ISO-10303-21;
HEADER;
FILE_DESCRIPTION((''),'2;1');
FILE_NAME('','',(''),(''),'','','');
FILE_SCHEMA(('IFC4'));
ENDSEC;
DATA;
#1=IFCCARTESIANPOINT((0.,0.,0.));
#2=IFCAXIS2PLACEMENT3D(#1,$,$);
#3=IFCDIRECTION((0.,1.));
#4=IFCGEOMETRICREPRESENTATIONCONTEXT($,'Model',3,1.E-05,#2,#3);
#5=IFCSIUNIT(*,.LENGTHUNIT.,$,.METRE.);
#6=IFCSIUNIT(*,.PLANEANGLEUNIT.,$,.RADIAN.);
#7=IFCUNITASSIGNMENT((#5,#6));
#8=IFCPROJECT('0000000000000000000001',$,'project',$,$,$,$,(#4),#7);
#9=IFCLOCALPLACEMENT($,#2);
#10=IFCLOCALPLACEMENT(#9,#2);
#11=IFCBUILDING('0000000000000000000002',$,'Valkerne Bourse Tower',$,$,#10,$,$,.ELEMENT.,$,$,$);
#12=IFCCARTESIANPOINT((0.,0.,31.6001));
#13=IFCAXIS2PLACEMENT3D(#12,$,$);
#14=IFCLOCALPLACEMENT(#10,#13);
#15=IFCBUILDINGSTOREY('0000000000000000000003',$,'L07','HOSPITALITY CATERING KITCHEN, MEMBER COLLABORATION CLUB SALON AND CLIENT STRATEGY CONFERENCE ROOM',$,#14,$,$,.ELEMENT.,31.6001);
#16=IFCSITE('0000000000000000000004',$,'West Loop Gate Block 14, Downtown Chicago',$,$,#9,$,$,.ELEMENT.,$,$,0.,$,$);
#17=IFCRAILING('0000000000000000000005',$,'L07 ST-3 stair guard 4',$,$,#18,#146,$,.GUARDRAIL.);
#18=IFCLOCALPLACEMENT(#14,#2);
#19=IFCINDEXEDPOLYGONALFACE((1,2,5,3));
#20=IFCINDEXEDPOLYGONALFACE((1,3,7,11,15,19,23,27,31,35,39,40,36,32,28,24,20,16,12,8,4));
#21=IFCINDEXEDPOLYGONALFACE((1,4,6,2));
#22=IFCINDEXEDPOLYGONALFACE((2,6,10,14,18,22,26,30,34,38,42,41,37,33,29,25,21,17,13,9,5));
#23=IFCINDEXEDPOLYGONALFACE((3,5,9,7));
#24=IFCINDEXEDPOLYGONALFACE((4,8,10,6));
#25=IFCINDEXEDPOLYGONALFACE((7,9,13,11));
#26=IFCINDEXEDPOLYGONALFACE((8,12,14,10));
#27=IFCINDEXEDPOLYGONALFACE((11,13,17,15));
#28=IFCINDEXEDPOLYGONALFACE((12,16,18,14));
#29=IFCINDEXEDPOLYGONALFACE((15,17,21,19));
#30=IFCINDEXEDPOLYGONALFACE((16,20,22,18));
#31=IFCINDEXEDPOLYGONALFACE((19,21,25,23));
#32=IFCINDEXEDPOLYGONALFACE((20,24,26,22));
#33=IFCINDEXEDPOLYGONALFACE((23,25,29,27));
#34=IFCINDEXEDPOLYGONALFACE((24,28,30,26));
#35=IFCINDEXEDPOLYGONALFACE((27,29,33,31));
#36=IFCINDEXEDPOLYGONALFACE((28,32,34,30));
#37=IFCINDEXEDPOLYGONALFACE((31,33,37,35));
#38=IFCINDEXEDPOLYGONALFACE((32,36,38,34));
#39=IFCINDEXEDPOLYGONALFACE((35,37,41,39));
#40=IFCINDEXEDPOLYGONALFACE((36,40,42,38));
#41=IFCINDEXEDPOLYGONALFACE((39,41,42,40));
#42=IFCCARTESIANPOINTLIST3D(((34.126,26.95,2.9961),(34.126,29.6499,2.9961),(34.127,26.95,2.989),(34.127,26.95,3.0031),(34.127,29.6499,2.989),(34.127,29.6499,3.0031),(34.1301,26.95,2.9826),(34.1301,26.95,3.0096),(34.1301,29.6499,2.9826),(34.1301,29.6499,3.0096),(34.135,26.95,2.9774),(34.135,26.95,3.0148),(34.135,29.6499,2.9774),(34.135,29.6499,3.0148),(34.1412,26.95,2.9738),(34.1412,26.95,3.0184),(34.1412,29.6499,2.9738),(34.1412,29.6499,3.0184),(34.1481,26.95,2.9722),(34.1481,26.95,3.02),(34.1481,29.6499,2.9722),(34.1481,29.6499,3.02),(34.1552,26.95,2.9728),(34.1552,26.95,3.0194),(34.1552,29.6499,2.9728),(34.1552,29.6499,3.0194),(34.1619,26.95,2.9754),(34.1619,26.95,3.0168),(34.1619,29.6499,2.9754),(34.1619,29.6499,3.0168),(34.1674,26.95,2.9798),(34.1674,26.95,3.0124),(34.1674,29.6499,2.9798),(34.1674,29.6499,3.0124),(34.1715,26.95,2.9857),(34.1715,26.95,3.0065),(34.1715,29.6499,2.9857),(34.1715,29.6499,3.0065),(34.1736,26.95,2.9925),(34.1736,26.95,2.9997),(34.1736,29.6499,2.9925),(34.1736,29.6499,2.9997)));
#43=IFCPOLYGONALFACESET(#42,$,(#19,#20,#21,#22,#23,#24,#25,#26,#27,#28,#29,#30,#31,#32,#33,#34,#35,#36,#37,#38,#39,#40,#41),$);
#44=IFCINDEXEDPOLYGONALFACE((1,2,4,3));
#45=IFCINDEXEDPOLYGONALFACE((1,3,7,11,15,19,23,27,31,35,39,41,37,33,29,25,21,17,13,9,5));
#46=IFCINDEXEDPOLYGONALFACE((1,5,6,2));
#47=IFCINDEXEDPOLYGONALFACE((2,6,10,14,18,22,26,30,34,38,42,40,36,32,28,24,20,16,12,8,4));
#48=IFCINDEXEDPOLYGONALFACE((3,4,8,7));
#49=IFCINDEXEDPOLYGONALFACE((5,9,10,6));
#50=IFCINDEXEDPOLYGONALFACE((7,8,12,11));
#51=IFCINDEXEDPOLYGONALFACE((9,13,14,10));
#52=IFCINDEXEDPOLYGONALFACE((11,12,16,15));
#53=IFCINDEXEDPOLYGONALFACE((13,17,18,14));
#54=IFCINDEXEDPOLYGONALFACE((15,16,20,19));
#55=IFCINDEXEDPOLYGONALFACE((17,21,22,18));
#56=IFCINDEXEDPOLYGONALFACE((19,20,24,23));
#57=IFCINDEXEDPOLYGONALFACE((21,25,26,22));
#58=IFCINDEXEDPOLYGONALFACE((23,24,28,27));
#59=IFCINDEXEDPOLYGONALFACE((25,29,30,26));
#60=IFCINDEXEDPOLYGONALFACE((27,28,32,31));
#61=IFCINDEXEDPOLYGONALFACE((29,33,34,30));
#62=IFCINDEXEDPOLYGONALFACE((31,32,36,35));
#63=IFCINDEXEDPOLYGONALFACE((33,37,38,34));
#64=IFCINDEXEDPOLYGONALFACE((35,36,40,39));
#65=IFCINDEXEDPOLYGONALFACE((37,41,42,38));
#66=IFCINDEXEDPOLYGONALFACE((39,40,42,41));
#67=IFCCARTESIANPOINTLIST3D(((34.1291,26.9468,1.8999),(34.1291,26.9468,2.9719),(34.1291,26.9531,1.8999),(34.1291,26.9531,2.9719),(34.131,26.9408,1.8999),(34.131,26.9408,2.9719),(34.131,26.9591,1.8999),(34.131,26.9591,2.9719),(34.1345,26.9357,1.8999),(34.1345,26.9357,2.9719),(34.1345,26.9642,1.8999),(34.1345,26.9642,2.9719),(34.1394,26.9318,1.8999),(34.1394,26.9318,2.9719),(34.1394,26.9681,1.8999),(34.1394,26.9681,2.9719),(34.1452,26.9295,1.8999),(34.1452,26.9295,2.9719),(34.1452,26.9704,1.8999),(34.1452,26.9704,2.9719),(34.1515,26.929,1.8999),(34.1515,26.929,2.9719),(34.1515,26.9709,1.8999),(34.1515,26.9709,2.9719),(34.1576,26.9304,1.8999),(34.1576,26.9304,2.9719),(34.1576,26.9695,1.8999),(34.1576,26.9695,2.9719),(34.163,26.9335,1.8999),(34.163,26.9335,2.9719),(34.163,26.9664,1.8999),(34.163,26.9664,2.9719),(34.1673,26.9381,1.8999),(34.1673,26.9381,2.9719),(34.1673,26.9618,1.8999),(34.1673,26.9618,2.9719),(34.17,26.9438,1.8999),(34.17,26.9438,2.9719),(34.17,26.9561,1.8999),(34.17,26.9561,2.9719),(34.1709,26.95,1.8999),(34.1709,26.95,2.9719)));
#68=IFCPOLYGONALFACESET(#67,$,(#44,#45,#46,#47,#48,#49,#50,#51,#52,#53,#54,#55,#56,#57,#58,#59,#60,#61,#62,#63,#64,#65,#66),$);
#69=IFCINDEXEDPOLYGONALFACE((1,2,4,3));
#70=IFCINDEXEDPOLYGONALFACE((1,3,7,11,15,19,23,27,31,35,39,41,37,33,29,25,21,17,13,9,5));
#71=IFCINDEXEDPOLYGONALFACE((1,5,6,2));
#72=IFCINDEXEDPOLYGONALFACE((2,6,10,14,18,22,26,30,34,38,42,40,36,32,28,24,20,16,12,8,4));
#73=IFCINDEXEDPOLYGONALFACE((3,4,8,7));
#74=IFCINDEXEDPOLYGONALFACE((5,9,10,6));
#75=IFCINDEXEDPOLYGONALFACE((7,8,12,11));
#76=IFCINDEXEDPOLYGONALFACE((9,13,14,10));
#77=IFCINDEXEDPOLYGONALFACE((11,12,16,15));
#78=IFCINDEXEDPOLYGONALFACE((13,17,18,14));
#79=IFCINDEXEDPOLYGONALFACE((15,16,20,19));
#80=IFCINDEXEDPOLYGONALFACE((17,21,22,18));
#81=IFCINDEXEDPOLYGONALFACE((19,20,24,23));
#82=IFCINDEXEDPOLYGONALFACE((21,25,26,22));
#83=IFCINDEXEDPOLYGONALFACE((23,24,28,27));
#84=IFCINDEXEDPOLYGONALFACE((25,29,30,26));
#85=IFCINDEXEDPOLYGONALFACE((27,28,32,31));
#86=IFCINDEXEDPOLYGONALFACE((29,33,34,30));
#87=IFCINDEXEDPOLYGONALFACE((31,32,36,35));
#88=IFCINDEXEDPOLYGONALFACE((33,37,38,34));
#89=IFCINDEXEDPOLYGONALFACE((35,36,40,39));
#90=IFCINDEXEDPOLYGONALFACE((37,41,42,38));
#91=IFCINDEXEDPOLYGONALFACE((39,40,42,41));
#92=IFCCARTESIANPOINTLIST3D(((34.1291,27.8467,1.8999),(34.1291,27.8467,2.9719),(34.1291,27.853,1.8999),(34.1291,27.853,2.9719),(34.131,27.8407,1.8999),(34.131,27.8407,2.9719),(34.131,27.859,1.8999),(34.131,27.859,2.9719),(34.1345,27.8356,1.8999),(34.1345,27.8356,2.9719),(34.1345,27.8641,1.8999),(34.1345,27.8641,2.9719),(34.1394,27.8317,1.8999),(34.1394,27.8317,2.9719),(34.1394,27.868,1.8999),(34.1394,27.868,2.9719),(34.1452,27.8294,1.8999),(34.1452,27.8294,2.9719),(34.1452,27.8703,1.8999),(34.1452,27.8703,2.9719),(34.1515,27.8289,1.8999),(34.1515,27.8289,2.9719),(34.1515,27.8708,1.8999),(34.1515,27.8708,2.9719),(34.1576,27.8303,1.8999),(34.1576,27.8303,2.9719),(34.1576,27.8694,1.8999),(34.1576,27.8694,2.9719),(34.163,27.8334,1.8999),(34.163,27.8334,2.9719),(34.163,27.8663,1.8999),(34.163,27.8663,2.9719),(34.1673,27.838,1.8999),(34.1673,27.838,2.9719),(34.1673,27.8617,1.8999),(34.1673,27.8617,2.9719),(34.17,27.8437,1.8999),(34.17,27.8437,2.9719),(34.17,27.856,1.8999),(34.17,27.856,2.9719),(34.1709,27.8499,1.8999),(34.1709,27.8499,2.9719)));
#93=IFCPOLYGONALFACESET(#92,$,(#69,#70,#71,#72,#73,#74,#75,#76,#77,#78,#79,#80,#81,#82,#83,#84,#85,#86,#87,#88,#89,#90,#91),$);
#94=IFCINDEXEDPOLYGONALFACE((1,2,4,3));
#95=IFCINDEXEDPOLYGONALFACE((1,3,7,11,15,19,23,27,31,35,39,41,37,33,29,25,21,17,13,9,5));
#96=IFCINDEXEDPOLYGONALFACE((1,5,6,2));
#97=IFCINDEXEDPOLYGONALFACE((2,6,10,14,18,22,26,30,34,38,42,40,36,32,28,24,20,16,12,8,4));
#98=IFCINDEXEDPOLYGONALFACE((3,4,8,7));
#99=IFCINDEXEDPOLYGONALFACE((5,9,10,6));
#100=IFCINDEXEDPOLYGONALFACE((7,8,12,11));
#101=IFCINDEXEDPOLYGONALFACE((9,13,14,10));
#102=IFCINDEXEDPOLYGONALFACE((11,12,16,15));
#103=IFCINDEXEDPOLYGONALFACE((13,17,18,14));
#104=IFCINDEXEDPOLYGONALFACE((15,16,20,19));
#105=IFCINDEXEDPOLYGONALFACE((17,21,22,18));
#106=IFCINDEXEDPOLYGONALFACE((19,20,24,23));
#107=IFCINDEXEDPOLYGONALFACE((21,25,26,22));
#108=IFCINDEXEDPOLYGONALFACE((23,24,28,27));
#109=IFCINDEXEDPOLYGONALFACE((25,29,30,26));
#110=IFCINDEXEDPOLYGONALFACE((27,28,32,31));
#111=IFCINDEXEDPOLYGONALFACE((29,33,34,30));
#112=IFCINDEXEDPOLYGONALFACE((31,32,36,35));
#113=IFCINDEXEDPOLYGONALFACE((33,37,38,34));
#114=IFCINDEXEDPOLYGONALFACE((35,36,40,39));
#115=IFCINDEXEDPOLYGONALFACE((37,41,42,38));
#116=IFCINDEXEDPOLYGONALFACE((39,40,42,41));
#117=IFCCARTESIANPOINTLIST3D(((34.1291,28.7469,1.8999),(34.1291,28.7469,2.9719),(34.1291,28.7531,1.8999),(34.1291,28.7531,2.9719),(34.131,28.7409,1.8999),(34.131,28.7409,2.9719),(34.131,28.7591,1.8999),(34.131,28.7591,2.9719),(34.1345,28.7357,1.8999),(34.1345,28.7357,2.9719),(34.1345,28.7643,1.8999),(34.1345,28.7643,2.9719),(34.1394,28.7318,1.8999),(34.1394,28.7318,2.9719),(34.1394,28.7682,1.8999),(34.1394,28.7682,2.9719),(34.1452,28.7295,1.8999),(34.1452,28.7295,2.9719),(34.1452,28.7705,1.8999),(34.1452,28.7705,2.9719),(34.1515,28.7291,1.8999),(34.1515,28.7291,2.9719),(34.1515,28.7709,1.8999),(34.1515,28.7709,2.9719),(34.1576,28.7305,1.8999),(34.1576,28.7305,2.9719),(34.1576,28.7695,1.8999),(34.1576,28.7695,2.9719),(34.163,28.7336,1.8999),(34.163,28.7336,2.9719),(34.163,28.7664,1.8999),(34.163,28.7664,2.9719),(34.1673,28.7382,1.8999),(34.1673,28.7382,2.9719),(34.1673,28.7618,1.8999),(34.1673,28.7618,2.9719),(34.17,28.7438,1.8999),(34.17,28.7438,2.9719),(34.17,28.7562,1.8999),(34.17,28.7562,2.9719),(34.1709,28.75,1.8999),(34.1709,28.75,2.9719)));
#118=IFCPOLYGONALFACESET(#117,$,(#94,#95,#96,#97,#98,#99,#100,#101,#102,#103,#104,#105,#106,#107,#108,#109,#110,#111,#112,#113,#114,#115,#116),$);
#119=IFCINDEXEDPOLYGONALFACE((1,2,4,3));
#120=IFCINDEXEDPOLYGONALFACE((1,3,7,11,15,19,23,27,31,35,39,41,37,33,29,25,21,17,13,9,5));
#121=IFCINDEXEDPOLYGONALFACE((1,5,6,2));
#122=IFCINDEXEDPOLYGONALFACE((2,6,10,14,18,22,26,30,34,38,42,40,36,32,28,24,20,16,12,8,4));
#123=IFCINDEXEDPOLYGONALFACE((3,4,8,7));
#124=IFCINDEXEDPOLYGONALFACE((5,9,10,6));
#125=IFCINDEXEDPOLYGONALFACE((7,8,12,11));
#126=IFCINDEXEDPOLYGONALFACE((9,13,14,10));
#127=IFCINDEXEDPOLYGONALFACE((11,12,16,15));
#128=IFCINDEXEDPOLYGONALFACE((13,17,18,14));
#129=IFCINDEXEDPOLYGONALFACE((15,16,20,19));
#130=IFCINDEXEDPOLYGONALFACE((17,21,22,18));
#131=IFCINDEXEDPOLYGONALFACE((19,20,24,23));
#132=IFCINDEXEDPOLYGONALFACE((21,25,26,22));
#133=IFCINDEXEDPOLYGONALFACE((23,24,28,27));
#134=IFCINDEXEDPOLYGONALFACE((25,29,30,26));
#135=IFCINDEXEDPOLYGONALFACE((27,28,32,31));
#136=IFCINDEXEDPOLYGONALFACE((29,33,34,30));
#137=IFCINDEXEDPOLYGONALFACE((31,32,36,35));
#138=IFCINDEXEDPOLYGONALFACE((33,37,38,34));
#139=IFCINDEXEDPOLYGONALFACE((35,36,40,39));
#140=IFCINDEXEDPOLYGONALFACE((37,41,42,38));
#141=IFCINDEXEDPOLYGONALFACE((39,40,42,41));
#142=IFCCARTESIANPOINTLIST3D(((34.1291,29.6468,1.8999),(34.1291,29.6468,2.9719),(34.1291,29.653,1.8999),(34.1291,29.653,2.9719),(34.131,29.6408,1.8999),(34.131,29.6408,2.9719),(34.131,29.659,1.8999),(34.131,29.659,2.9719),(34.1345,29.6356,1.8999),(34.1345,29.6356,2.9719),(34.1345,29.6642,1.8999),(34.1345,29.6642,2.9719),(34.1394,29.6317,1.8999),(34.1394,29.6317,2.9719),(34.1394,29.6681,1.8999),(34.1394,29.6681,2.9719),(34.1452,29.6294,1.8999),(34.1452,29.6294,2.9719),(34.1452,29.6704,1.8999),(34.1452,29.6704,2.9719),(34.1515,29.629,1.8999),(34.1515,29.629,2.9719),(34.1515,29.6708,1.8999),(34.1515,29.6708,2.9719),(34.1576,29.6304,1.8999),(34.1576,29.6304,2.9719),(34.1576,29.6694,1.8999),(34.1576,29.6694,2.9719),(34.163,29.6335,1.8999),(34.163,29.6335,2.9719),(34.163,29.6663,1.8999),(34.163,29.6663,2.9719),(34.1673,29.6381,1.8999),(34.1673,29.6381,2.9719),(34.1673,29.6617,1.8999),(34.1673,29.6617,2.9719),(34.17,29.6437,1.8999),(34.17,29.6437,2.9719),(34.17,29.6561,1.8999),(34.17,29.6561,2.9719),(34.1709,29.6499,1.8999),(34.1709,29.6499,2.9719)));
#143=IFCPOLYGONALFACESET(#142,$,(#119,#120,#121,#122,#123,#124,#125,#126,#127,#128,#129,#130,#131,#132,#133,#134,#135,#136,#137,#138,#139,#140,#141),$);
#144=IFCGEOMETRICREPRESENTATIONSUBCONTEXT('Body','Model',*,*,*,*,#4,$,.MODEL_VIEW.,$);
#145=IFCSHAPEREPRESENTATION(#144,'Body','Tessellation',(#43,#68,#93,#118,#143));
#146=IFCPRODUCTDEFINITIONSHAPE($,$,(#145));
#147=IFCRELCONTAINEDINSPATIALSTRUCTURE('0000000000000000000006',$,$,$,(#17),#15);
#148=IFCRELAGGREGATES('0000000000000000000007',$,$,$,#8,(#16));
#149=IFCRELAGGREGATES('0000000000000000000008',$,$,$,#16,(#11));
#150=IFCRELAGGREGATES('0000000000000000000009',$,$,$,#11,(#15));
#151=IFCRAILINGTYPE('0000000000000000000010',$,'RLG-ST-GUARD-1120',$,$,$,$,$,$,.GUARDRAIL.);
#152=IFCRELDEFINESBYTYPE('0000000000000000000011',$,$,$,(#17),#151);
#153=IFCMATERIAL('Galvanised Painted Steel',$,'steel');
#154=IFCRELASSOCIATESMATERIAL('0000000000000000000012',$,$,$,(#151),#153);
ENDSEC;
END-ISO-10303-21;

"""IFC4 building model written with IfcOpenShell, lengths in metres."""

from ifc_helpers import new_model, si_unit, direction, frame, origin, origin_2d, place, context, subcontext, project, spatial, circle, extrude, material, type_object, element, save


model = new_model("IFC4")

# Units and contexts
model_context = context("Model", 3, precision=1e-05, world=origin(), true_north=direction((0.0, 1.0)))
body_context = subcontext(model_context, "Body", "Model", "MODEL_VIEW")
ifc_project = project(units=[si_unit("LENGTHUNIT", "METRE"), si_unit("PLANEANGLEUNIT", "RADIAN")], contexts=[model_context])

# Site, building, storey
site_placement = place(None, origin())
site = spatial("IfcSite", under=ifc_project, at=site_placement, Name="West Loop Gate Block 14, Downtown Chicago", CompositionType="ELEMENT", RefElevation=0.0)
building_placement = place(site_placement, origin())
building = spatial("IfcBuilding", under=site, at=building_placement, Name="Valkerne Bourse Tower", CompositionType="ELEMENT")
storey_placement = place(building_placement, frame((0.0, 0.0, 31.6001)))
storey = spatial("IfcBuildingStorey", under=building, at=storey_placement, Name="L07", Description="HOSPITALITY CATERING KITCHEN, MEMBER COLLABORATION CLUB SALON AND CLIENT STRATEGY CONFERENCE ROOM", CompositionType="ELEMENT", Elevation=31.6001)

# Railing
ifc_material_1 = material(Name="Galvanised Painted Steel", Category="steel")
railing_type_1 = type_object("IfcRailingType", Name="RLG-ST-GUARD-1120", PredefinedType="GUARDRAIL", material=ifc_material_1)
for number, where, name in (
    (1, (34.1499, 26.95, 1.8999), "L07 ST-3 stair guard 4"),
):
    element("IfcRailing", number, at=place(storey_placement, frame(where)), inside=storey, type_object=railing_type_1, Name=name, PredefinedType="GUARDRAIL", context=body_context, shape_type="SweptSolid", body=[
        extrude(circle(Radius=0.0239, at=origin_2d()), frame((0.0, 0.0, 1.0962), z_axis=(0.0, 1.0, 0.0), x_axis=(-1.0, 0.0, 0.0)), (0.0, 0.0, 1.0), 2.7),
        extrude(circle(Radius=0.021, at=origin_2d()), origin(), (0.0, 0.0, 1.0), 1.072),
        extrude(circle(Radius=0.021, at=origin_2d()), frame((0.0, 0.8999, 0.0)), (0.0, 0.0, 1.0), 1.072),
        extrude(circle(Radius=0.021, at=origin_2d()), frame((0.0, 1.8, 0.0)), (0.0, 0.0, 1.0), 1.072),
        extrude(circle(Radius=0.021, at=origin_2d()), frame((0.0, 2.7, 0.0)), (0.0, 0.0, 1.0), 1.072),
    ])

save(model, "model.ifc")
